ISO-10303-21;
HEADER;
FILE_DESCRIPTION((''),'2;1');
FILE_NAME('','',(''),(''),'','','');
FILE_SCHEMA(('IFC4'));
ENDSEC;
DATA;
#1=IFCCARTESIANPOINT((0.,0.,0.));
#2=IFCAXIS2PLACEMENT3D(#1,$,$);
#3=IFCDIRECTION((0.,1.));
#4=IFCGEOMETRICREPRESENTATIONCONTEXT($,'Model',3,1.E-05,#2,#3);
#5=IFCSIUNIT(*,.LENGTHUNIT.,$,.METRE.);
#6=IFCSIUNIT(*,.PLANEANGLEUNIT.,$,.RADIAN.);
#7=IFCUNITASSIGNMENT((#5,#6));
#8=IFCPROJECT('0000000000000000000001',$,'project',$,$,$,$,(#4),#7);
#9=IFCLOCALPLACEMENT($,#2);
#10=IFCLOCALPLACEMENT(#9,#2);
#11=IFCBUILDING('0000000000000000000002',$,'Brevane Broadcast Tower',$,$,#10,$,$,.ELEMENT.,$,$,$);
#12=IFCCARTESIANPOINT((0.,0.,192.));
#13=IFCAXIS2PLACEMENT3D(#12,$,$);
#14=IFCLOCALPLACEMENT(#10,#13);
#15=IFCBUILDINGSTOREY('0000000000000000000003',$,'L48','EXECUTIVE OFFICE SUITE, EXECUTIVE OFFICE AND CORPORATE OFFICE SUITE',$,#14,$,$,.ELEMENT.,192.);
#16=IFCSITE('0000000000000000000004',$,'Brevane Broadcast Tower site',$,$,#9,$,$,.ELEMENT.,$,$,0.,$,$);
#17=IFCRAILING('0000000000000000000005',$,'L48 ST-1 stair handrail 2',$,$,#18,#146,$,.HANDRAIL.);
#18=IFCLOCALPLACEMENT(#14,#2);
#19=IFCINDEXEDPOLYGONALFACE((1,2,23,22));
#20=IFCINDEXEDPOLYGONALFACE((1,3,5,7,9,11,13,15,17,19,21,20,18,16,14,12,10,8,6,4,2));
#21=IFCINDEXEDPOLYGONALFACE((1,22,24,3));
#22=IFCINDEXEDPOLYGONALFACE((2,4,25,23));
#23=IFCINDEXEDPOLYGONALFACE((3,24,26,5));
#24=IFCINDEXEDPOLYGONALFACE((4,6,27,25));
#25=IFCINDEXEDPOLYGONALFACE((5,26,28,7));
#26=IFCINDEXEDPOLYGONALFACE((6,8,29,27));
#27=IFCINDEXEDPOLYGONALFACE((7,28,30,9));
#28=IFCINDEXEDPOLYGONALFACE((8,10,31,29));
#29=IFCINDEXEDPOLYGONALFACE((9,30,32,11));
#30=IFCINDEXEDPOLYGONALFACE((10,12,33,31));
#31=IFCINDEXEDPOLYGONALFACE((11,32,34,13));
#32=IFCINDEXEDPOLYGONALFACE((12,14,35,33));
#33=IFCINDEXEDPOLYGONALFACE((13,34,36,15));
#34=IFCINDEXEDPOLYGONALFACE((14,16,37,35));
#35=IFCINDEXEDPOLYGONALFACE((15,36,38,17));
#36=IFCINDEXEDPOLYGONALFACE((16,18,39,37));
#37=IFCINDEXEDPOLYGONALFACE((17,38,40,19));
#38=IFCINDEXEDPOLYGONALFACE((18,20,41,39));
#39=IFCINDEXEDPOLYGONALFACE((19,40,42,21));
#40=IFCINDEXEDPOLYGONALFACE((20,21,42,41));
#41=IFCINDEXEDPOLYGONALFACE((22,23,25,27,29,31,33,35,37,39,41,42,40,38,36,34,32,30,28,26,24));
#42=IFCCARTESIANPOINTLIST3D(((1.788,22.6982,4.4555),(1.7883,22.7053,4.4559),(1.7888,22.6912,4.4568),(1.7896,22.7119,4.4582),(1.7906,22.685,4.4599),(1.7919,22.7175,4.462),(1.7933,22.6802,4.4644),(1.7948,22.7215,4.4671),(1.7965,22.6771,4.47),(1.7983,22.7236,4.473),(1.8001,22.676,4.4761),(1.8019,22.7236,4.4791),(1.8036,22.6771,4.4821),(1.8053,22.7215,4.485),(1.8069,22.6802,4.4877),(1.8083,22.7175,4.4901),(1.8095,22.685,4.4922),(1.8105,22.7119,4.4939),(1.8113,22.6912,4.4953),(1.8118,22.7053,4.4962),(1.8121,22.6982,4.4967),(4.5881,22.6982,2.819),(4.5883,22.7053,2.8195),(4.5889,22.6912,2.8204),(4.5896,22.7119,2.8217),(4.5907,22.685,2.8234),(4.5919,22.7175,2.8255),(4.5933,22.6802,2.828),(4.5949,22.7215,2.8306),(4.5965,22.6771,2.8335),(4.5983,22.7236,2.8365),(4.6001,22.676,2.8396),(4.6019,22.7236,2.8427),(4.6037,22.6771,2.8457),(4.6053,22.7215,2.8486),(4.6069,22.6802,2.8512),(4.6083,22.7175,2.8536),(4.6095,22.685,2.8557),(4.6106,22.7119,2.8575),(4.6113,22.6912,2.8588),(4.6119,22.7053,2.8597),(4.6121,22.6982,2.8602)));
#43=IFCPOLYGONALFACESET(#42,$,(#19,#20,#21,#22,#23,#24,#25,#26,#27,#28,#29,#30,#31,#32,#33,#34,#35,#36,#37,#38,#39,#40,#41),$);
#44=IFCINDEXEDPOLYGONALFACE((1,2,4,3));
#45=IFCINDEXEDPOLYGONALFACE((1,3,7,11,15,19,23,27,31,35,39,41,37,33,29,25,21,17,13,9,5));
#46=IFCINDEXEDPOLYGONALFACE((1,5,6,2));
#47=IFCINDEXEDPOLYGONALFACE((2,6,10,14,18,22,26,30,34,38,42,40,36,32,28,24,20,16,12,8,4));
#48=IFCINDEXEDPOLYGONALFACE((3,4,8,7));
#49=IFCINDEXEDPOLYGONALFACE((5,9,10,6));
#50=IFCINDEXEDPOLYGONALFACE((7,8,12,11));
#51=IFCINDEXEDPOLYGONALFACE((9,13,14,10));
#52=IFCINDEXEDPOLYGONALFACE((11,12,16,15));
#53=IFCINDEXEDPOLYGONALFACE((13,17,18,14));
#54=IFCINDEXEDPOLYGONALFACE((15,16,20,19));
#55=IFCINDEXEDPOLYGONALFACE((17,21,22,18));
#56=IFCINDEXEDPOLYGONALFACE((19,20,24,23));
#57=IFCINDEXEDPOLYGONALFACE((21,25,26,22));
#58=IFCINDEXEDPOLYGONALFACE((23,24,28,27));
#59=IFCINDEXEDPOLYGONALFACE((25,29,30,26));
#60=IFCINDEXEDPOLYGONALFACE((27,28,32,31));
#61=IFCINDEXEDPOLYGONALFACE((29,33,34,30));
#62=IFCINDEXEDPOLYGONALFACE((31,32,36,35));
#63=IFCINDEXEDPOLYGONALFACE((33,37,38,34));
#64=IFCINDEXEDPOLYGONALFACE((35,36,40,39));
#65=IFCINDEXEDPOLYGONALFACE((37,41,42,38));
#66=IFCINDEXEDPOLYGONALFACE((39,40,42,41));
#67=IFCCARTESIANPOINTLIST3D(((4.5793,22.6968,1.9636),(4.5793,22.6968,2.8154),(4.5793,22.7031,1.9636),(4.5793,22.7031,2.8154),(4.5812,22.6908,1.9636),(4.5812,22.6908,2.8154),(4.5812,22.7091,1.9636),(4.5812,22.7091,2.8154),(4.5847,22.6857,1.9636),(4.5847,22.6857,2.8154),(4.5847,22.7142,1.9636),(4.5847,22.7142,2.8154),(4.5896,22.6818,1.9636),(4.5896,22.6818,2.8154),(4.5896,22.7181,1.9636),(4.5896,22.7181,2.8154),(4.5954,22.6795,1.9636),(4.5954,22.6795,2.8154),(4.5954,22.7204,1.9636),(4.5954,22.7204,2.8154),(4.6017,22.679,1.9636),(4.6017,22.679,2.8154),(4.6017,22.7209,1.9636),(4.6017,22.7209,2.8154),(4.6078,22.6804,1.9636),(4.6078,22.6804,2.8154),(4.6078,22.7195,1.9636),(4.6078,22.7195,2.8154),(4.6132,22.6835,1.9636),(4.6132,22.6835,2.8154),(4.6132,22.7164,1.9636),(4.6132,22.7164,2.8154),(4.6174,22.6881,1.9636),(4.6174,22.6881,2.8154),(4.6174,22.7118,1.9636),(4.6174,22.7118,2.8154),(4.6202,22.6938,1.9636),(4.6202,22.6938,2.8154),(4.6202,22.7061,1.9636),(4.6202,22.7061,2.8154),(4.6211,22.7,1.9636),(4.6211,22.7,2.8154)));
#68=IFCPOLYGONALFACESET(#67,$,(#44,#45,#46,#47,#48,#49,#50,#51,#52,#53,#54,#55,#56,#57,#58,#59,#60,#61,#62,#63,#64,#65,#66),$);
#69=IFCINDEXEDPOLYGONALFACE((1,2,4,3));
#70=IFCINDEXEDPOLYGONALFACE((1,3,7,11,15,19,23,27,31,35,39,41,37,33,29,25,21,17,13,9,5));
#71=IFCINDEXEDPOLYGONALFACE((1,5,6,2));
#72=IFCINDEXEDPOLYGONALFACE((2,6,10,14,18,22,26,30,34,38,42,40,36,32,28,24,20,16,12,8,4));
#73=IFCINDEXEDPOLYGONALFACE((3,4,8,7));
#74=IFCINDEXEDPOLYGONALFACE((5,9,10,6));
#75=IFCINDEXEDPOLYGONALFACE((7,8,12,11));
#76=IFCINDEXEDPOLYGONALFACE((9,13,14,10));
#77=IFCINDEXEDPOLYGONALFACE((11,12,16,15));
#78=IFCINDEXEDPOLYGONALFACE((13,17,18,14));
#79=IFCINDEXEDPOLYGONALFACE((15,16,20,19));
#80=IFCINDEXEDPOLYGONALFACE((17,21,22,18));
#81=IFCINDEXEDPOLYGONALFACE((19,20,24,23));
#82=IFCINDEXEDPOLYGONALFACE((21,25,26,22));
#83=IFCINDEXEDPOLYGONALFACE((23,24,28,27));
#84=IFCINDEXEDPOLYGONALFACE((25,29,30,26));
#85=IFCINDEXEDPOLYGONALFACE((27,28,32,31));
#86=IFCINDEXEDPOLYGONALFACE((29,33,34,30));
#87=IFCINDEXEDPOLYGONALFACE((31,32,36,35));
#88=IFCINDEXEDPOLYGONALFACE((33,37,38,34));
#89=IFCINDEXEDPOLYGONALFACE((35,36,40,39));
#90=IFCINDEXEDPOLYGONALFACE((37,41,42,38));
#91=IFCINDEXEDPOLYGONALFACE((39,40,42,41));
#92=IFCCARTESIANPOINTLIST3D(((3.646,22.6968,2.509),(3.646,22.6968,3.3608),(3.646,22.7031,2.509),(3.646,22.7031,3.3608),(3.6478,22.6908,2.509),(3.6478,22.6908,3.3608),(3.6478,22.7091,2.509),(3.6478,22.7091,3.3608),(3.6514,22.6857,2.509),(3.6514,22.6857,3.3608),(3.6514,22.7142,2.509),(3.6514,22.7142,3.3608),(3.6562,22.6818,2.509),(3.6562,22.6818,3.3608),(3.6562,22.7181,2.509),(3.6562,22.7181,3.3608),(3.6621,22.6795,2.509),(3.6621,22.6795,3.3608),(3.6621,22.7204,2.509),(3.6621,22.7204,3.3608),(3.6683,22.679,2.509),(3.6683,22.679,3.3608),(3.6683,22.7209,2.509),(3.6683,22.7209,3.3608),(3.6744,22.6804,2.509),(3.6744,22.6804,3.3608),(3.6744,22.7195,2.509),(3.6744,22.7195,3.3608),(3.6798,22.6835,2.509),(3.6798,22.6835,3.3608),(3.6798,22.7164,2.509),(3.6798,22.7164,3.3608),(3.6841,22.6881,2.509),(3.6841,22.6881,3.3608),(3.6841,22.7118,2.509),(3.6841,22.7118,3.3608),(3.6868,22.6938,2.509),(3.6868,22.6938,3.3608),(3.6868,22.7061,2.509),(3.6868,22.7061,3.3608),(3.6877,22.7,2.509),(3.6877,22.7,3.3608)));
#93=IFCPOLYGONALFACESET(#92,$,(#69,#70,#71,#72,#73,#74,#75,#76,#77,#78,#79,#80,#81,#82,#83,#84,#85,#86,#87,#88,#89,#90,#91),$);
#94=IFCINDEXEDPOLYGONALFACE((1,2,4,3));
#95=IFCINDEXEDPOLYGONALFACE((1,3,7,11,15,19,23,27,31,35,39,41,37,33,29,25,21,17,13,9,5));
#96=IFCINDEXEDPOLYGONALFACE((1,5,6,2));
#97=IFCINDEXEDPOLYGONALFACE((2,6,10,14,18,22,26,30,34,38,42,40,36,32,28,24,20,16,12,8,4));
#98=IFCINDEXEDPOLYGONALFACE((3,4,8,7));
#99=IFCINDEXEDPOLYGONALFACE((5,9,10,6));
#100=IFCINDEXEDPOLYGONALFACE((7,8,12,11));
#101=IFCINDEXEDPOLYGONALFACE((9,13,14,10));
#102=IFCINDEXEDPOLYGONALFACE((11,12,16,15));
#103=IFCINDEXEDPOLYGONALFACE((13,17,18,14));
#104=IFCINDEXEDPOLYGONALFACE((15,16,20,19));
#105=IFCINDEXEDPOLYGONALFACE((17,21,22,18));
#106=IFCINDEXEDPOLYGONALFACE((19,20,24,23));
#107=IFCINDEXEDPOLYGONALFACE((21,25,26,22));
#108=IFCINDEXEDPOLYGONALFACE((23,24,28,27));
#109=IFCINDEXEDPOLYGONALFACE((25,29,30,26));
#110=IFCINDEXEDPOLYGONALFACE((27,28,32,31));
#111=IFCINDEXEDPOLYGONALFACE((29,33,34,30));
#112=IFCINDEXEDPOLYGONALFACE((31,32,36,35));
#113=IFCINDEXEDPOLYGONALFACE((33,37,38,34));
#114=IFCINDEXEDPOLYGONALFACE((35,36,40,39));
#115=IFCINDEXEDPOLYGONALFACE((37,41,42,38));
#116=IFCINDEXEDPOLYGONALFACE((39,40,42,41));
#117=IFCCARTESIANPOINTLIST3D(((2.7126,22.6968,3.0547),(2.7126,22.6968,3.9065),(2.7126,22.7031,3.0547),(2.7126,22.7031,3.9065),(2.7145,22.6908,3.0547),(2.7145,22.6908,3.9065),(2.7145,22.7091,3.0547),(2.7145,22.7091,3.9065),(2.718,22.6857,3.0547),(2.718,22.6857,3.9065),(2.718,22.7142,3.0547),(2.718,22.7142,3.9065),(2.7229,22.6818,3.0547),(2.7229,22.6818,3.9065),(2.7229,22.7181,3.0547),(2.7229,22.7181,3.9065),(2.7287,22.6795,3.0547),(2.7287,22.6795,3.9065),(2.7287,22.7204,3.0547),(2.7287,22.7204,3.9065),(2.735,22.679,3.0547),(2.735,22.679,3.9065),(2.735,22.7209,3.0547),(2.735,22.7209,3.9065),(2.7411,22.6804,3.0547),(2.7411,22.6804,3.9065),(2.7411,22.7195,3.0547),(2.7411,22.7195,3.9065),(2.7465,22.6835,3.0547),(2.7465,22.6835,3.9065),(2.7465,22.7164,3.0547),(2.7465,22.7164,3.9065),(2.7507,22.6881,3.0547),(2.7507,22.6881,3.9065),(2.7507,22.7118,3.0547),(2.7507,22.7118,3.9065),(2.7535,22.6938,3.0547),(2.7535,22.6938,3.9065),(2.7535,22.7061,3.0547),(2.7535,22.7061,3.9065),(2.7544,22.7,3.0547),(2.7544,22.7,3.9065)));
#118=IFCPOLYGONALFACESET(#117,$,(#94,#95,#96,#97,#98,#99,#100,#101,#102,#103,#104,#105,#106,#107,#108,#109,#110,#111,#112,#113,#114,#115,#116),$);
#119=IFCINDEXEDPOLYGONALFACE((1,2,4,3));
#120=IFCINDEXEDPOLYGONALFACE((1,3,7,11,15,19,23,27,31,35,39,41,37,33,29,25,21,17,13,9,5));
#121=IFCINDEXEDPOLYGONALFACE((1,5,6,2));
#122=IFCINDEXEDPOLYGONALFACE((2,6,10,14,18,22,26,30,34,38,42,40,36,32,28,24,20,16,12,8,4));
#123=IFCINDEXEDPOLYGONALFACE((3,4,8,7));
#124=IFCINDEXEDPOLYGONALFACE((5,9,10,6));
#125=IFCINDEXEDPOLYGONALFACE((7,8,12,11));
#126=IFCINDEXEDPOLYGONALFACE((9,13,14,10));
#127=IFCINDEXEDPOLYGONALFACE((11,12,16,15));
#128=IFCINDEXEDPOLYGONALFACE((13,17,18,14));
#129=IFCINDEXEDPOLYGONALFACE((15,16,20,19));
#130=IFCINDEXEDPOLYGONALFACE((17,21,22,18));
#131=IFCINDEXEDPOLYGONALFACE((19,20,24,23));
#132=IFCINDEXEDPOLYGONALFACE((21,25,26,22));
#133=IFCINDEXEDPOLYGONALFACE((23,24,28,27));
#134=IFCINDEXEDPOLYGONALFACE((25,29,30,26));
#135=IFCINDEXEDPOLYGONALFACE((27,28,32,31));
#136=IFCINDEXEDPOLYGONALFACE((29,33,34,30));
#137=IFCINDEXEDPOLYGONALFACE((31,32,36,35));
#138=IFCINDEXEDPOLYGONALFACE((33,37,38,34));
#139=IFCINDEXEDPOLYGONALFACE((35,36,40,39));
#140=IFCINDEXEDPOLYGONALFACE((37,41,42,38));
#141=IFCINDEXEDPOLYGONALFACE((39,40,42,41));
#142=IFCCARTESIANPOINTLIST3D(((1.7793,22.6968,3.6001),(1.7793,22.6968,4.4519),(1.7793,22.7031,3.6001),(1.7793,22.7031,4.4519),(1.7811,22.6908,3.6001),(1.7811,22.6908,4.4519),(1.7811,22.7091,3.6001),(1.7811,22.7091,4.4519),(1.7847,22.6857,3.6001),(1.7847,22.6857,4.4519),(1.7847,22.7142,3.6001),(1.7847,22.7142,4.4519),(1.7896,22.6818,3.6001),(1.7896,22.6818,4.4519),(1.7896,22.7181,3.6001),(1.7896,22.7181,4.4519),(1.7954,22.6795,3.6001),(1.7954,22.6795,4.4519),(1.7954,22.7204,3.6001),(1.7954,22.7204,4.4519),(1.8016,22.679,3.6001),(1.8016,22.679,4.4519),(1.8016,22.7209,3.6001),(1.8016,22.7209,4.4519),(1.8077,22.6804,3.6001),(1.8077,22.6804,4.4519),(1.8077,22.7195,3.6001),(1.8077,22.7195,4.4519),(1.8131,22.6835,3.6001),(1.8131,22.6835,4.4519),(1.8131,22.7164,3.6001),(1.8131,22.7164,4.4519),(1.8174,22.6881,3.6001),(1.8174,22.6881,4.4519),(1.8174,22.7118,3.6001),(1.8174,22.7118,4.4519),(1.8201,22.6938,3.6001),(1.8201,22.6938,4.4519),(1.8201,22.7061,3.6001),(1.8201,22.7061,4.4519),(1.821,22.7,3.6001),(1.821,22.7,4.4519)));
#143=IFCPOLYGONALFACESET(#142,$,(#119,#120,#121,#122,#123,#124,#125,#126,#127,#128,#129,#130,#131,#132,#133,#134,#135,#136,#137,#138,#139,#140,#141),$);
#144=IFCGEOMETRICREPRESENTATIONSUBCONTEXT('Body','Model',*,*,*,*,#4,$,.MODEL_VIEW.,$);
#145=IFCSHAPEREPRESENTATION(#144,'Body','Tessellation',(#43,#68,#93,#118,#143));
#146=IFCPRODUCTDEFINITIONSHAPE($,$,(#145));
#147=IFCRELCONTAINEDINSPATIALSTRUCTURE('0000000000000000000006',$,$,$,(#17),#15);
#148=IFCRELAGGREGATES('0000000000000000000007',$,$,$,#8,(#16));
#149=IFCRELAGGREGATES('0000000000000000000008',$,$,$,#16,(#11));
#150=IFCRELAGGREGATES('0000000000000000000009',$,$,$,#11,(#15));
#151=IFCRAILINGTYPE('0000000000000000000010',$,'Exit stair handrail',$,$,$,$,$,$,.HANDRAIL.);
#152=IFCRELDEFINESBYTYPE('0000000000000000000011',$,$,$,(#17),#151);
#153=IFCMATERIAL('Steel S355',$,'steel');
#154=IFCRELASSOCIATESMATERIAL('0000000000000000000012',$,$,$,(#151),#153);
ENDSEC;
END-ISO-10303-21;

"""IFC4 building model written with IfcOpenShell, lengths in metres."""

from ifc_helpers import new_model, si_unit, direction, frame, origin, origin_2d, place, context, subcontext, project, spatial, circle, extrude, material, type_object, element, save


model = new_model("IFC4")

# Units and contexts
model_context = context("Model", 3, precision=1e-05, world=origin(), true_north=direction((0.0, 1.0)))
body_context = subcontext(model_context, "Body", "Model", "MODEL_VIEW")
ifc_project = project(units=[si_unit("LENGTHUNIT", "METRE"), si_unit("PLANEANGLEUNIT", "RADIAN")], contexts=[model_context])

# Site, building, storey
site_placement = place(None, origin())
site = spatial("IfcSite", under=ifc_project, at=site_placement, Name="Brevane Broadcast Tower site", CompositionType="ELEMENT", RefElevation=0.0)
building_placement = place(site_placement, origin())
building = spatial("IfcBuilding", under=site, at=building_placement, Name="Brevane Broadcast Tower", CompositionType="ELEMENT")
storey_placement = place(building_placement, frame((0.0, 0.0, 192.0)))
storey = spatial("IfcBuildingStorey", under=building, at=storey_placement, Name="L48", Description="EXECUTIVE OFFICE SUITE, EXECUTIVE OFFICE AND CORPORATE OFFICE SUITE", CompositionType="ELEMENT", Elevation=192.0)

# Railing
ifc_material_1 = material(Name="Steel S355", Category="steel")
railing_type_1 = type_object("IfcRailingType", Name="Exit stair handrail", PredefinedType="HANDRAIL", material=ifc_material_1)
railing_1_placement = place(storey_placement, frame((4.6001, 22.7, 1.9636)))
element("IfcRailing", 1, at=railing_1_placement, inside=storey, type_object=railing_type_1, Name="L48 ST-1 stair handrail 2", PredefinedType="HANDRAIL", context=body_context, shape_type="SweptSolid", body=[
    extrude(circle(Radius=0.0239, at=origin_2d()), frame((0.0, 0.0, 0.876), z_axis=(-0.863361, 0.0, 0.504587), x_axis=(0.0, -1.0, 0.0)), (0.0, 0.0, 1.0), 3.2432),
    extrude(circle(Radius=0.021, at=origin_2d()), origin(), (0.0, 0.0, 1.0), 0.8518),
    extrude(circle(Radius=0.021, at=origin_2d()), frame((-0.9333, 0.0, 0.5454)), (0.0, 0.0, 1.0), 0.8518),
    extrude(circle(Radius=0.021, at=origin_2d()), frame((-1.8667, 0.0, 1.0911)), (0.0, 0.0, 1.0), 0.8518),
    extrude(circle(Radius=0.021, at=origin_2d()), frame((-2.8, 0.0, 1.6365)), (0.0, 0.0, 1.0), 0.8518),
])

save(model, "model.ifc")
